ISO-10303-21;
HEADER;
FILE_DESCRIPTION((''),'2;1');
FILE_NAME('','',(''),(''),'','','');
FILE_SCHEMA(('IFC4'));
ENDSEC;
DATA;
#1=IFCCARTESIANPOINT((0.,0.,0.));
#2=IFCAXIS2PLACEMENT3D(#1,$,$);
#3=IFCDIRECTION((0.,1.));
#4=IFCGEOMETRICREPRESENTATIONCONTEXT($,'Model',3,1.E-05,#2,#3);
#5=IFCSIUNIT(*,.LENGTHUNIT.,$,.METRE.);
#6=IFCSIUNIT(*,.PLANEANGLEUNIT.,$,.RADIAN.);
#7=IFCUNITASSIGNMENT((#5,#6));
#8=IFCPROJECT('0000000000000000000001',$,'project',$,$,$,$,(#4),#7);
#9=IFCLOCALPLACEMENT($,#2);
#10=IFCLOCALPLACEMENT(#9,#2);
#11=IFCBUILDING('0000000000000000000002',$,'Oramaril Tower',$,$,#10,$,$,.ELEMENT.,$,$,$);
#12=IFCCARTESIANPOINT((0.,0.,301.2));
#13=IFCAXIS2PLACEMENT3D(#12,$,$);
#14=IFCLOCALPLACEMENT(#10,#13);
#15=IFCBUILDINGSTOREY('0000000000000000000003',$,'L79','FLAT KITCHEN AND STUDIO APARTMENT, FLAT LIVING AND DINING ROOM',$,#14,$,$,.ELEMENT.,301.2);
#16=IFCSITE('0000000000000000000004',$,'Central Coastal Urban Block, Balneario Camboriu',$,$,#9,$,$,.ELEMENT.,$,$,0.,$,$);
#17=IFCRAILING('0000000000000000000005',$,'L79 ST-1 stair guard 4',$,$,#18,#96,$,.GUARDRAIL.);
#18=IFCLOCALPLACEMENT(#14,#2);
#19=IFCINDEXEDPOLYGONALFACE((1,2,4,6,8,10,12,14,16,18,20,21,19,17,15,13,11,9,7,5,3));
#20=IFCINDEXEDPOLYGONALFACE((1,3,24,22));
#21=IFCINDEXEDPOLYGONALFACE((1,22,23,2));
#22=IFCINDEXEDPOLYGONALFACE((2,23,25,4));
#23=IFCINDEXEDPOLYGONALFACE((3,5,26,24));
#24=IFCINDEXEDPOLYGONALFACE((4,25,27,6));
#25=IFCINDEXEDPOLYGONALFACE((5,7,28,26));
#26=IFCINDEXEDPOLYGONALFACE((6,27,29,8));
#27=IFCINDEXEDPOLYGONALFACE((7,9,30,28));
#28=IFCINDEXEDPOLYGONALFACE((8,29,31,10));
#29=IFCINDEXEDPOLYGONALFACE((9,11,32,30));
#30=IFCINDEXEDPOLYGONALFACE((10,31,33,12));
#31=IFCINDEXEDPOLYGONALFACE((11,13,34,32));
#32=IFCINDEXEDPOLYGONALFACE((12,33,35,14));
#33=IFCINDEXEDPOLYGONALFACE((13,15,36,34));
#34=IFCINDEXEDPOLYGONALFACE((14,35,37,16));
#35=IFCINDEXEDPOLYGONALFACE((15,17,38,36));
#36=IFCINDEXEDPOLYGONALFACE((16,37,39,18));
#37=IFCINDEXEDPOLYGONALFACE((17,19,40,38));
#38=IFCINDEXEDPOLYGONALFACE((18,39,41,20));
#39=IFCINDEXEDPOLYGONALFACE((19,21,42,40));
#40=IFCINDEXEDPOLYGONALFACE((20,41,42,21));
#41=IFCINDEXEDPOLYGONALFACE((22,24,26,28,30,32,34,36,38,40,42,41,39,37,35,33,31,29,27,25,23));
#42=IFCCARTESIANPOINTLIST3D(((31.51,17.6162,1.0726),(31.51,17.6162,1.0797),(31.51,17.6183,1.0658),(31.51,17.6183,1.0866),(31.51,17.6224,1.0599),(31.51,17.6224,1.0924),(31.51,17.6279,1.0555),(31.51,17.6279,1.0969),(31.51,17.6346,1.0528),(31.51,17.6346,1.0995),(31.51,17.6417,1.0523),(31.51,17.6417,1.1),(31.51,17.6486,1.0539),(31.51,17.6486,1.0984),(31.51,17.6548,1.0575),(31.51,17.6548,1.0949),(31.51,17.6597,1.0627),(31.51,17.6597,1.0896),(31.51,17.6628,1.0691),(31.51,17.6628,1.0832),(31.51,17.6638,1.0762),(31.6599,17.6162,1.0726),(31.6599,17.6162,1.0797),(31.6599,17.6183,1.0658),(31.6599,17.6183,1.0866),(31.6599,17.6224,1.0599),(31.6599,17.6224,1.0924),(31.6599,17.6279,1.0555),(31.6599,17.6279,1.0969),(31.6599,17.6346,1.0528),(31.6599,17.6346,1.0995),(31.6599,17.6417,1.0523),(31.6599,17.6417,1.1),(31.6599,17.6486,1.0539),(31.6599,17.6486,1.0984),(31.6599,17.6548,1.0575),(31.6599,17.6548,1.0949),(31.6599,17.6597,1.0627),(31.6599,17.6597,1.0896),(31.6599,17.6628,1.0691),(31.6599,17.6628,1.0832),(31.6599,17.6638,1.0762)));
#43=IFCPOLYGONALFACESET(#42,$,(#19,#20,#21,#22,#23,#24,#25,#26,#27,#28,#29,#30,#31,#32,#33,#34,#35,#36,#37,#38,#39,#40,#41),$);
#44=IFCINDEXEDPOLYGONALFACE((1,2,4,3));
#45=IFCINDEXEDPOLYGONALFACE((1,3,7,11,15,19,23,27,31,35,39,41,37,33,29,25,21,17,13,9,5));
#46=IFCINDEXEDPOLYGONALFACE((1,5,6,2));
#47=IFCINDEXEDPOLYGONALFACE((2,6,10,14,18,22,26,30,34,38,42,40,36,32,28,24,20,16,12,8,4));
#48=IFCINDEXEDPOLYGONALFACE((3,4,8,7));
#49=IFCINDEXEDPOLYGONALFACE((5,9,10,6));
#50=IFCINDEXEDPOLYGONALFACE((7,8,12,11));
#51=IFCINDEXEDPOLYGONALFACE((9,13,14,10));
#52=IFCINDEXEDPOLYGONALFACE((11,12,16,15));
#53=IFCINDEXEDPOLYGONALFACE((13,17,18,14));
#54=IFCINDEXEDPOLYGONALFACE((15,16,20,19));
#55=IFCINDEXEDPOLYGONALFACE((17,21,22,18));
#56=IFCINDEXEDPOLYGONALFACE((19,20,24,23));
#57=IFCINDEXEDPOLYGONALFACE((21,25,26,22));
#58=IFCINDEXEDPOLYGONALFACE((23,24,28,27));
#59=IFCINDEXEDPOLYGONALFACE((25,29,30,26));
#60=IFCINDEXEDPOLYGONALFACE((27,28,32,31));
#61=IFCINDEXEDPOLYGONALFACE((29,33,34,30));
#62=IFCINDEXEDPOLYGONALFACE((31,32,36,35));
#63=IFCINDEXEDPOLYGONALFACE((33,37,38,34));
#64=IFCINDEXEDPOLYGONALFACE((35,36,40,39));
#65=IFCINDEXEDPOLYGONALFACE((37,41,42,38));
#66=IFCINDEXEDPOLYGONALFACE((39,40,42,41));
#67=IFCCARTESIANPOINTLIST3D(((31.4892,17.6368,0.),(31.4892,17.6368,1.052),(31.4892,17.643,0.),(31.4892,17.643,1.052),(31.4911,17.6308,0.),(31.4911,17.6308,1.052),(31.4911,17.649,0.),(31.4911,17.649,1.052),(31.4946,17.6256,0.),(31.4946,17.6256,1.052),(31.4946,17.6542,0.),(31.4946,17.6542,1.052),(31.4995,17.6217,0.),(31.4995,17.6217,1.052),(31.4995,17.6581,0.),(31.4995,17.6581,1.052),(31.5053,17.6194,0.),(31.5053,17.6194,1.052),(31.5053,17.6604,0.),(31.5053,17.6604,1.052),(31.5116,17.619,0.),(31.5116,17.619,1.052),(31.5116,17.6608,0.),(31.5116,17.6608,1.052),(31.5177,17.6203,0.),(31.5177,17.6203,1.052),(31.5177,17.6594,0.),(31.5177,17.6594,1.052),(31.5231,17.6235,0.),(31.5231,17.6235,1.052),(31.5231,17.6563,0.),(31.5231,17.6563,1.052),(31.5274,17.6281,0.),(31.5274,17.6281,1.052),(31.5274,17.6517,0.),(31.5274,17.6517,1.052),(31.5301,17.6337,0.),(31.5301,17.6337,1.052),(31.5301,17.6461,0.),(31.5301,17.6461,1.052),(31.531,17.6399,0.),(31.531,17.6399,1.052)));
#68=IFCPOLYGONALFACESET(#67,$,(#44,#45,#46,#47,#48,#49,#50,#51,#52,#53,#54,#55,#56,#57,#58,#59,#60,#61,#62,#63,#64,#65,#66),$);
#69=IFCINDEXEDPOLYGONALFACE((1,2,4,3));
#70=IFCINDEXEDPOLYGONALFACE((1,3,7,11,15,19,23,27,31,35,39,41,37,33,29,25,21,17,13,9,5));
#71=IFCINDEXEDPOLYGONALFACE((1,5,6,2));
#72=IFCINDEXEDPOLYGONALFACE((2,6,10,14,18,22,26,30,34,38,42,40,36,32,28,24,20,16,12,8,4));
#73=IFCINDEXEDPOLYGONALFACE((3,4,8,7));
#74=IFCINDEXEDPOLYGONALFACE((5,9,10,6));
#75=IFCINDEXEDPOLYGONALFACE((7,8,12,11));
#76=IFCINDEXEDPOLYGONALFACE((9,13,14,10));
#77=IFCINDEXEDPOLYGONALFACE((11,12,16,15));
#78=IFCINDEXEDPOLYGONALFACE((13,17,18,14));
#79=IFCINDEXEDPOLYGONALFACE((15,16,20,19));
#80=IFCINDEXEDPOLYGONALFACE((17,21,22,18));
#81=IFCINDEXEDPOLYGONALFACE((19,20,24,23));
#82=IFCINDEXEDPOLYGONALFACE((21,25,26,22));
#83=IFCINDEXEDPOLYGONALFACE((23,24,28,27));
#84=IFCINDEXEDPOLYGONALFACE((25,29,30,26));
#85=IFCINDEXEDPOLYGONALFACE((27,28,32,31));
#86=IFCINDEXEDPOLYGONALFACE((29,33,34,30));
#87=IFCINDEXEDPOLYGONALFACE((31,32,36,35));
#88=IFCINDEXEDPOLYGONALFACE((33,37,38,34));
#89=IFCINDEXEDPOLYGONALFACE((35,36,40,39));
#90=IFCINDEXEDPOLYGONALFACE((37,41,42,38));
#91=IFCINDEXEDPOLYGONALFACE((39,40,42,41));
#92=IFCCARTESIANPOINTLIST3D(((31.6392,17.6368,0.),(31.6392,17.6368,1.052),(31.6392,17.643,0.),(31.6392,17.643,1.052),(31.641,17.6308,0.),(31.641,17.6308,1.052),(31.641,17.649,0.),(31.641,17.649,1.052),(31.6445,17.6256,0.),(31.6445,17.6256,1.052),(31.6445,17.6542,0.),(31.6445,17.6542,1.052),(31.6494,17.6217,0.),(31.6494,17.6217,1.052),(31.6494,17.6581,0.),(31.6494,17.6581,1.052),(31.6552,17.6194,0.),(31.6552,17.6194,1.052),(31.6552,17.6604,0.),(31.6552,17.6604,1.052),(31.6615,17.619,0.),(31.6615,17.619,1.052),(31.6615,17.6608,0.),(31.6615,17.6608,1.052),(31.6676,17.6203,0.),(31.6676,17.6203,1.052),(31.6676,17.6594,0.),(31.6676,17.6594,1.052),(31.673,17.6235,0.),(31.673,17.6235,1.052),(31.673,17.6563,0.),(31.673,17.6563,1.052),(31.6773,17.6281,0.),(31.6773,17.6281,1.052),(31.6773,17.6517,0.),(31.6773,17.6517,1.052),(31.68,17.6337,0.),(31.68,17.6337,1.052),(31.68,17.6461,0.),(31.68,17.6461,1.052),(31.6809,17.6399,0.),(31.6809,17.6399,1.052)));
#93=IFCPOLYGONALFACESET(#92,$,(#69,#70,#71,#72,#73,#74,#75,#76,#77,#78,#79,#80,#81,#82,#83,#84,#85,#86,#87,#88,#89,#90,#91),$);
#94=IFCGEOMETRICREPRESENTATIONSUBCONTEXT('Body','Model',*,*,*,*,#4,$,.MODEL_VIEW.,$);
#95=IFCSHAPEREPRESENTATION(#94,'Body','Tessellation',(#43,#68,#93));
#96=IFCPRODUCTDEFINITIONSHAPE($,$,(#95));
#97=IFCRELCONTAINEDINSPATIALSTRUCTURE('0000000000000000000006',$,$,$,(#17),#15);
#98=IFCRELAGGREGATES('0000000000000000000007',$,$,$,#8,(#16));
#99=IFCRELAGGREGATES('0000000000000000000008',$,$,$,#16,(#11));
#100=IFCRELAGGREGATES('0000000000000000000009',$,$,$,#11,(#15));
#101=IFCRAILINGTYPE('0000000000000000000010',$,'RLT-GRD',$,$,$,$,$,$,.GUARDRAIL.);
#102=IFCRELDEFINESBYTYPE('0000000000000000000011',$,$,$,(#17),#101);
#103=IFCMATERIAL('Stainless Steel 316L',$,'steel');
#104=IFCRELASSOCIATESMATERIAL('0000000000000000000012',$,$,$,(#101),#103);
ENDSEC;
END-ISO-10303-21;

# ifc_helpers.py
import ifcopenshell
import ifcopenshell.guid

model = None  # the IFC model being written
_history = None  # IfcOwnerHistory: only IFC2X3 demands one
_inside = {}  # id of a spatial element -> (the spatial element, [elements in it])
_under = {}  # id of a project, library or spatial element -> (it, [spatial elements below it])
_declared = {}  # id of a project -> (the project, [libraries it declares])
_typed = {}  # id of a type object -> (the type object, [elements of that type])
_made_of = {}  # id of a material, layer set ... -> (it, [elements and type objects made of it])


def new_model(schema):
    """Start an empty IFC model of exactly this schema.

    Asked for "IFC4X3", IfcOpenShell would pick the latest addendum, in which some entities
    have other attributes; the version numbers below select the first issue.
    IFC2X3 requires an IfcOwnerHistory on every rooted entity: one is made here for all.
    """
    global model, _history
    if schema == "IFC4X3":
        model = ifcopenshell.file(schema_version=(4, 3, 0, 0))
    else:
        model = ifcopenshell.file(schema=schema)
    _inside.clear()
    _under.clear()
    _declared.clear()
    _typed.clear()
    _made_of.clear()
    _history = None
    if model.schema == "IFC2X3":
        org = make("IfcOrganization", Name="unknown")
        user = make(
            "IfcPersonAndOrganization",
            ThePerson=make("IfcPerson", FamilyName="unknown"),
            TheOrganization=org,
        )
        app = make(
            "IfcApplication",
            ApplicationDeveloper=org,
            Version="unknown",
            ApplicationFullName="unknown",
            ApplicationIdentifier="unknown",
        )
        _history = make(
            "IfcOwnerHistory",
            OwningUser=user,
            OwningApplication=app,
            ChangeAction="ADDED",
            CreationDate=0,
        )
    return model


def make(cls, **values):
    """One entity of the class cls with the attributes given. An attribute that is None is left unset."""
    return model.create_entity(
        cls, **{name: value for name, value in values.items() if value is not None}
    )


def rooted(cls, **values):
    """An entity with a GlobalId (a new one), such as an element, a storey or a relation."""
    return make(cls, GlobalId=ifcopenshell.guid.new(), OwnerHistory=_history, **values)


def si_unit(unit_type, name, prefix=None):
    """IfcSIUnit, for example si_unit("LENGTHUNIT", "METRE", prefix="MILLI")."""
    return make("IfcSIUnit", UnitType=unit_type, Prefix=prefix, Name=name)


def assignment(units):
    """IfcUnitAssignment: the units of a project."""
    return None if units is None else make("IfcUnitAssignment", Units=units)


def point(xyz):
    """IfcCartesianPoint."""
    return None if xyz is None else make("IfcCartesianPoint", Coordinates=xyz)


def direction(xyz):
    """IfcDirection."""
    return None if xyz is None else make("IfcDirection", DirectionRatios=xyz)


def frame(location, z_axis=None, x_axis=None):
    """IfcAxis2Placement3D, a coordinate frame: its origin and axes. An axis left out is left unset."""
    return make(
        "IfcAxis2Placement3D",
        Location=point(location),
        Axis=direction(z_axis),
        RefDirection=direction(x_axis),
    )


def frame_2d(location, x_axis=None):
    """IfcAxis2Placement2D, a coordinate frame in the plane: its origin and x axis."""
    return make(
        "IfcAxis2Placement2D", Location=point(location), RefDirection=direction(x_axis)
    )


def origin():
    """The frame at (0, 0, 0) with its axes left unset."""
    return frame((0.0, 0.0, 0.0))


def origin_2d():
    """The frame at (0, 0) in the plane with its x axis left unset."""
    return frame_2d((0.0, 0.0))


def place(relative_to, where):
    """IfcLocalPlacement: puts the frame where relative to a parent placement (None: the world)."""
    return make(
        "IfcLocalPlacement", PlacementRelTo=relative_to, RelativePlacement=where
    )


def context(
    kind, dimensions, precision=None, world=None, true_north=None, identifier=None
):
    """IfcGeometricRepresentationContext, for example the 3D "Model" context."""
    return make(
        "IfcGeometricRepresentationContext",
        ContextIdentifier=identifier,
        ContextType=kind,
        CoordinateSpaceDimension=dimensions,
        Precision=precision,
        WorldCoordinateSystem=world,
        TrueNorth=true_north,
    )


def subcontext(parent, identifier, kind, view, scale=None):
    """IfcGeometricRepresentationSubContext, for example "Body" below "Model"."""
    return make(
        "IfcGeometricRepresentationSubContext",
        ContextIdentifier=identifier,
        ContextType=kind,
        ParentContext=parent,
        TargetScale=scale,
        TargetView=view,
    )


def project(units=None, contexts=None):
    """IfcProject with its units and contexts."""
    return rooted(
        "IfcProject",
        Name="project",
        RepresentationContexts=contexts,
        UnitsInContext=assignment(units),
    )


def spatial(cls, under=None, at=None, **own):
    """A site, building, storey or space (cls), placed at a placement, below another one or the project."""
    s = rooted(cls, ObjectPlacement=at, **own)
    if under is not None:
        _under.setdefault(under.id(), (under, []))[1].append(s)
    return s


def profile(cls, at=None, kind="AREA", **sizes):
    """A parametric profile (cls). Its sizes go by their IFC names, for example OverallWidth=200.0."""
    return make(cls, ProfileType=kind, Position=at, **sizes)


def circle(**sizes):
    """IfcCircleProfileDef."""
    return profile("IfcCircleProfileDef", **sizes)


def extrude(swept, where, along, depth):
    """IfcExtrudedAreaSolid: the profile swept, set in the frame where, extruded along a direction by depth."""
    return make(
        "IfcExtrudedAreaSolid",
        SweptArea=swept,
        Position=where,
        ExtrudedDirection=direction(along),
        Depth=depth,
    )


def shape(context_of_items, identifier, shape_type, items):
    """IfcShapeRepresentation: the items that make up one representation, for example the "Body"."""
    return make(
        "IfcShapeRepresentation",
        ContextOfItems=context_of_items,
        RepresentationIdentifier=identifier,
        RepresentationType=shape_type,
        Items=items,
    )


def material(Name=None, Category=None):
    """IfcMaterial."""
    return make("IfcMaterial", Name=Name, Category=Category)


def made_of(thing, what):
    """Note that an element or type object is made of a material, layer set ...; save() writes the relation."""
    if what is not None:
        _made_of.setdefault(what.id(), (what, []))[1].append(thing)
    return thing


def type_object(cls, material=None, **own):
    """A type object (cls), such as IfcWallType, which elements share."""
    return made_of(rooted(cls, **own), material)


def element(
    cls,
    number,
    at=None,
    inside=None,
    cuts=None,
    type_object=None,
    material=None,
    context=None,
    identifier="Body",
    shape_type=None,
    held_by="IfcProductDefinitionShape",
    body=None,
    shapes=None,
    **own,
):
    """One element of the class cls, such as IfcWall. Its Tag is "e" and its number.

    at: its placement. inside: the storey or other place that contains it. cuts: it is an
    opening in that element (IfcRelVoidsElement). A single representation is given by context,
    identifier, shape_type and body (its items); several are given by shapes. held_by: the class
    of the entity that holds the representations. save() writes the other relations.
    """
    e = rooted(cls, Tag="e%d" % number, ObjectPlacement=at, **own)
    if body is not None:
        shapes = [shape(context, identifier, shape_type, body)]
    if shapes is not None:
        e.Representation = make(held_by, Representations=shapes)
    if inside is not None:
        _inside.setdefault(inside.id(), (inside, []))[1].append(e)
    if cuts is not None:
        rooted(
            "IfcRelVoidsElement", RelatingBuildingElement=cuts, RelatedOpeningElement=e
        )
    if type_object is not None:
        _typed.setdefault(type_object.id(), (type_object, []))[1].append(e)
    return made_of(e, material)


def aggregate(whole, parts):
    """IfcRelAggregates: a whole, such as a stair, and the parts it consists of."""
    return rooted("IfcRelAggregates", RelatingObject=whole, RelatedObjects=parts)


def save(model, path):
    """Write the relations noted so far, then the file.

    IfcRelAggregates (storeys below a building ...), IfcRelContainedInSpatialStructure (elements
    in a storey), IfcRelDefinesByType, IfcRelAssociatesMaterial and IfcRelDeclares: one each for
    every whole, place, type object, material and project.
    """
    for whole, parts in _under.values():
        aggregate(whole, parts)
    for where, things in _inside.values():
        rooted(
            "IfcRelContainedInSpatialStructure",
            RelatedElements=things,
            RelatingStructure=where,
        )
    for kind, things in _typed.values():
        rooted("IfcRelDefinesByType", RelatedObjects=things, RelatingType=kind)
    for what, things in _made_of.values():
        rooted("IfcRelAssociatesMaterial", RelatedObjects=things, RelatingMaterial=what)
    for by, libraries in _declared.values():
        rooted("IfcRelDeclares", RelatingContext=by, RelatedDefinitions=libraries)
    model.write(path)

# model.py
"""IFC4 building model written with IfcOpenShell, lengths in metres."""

from ifc_helpers import new_model, si_unit, direction, frame, origin, origin_2d, place, context, subcontext, project, spatial, circle, extrude, material, type_object, element, save


model = new_model("IFC4")

# Units and contexts
model_context = context("Model", 3, precision=1e-05, world=origin(), true_north=direction((0.0, 1.0)))
body_context = subcontext(model_context, "Body", "Model", "MODEL_VIEW")
ifc_project = project(units=[si_unit("LENGTHUNIT", "METRE"), si_unit("PLANEANGLEUNIT", "RADIAN")], contexts=[model_context])

# Site, building, storey
site_placement = place(None, origin())
site = spatial("IfcSite", under=ifc_project, at=site_placement, Name="Central Coastal Urban Block, Balneario Camboriu", CompositionType="ELEMENT", RefElevation=0.0)
building_placement = place(site_placement, origin())
building = spatial("IfcBuilding", under=site, at=building_placement, Name="Oramaril Tower", CompositionType="ELEMENT")
storey_placement = place(building_placement, frame((0.0, 0.0, 301.2)))
storey = spatial("IfcBuildingStorey", under=building, at=storey_placement, Name="L79", Description="FLAT KITCHEN AND STUDIO APARTMENT, FLAT LIVING AND DINING ROOM", CompositionType="ELEMENT", Elevation=301.2)

# Railing
ifc_material_1 = material(Name="Stainless Steel 316L", Category="steel")
railing_type_1 = type_object("IfcRailingType", Name="RLT-GRD", PredefinedType="GUARDRAIL", material=ifc_material_1)
railing_1_placement = place(storey_placement, frame((31.51, 17.6399, 0.0)))
element("IfcRailing", 1, at=railing_1_placement, inside=storey, type_object=railing_type_1, Name="L79 ST-1 stair guard 4", PredefinedType="GUARDRAIL", context=body_context, shape_type="SweptSolid", body=[
    extrude(circle(Radius=0.0239, at=origin_2d()), frame((0.0, 0.0, 1.0762), z_axis=(1.0, 0.0, 0.0), x_axis=(0.0, 1.0, 0.0)), (0.0, 0.0, 1.0), 0.1499),
    extrude(circle(Radius=0.021, at=origin_2d()), origin(), (0.0, 0.0, 1.0), 1.052),
    extrude(circle(Radius=0.021, at=origin_2d()), frame((0.1499, 0.0, 0.0)), (0.0, 0.0, 1.0), 1.052),
])

save(model, "model.ifc")
